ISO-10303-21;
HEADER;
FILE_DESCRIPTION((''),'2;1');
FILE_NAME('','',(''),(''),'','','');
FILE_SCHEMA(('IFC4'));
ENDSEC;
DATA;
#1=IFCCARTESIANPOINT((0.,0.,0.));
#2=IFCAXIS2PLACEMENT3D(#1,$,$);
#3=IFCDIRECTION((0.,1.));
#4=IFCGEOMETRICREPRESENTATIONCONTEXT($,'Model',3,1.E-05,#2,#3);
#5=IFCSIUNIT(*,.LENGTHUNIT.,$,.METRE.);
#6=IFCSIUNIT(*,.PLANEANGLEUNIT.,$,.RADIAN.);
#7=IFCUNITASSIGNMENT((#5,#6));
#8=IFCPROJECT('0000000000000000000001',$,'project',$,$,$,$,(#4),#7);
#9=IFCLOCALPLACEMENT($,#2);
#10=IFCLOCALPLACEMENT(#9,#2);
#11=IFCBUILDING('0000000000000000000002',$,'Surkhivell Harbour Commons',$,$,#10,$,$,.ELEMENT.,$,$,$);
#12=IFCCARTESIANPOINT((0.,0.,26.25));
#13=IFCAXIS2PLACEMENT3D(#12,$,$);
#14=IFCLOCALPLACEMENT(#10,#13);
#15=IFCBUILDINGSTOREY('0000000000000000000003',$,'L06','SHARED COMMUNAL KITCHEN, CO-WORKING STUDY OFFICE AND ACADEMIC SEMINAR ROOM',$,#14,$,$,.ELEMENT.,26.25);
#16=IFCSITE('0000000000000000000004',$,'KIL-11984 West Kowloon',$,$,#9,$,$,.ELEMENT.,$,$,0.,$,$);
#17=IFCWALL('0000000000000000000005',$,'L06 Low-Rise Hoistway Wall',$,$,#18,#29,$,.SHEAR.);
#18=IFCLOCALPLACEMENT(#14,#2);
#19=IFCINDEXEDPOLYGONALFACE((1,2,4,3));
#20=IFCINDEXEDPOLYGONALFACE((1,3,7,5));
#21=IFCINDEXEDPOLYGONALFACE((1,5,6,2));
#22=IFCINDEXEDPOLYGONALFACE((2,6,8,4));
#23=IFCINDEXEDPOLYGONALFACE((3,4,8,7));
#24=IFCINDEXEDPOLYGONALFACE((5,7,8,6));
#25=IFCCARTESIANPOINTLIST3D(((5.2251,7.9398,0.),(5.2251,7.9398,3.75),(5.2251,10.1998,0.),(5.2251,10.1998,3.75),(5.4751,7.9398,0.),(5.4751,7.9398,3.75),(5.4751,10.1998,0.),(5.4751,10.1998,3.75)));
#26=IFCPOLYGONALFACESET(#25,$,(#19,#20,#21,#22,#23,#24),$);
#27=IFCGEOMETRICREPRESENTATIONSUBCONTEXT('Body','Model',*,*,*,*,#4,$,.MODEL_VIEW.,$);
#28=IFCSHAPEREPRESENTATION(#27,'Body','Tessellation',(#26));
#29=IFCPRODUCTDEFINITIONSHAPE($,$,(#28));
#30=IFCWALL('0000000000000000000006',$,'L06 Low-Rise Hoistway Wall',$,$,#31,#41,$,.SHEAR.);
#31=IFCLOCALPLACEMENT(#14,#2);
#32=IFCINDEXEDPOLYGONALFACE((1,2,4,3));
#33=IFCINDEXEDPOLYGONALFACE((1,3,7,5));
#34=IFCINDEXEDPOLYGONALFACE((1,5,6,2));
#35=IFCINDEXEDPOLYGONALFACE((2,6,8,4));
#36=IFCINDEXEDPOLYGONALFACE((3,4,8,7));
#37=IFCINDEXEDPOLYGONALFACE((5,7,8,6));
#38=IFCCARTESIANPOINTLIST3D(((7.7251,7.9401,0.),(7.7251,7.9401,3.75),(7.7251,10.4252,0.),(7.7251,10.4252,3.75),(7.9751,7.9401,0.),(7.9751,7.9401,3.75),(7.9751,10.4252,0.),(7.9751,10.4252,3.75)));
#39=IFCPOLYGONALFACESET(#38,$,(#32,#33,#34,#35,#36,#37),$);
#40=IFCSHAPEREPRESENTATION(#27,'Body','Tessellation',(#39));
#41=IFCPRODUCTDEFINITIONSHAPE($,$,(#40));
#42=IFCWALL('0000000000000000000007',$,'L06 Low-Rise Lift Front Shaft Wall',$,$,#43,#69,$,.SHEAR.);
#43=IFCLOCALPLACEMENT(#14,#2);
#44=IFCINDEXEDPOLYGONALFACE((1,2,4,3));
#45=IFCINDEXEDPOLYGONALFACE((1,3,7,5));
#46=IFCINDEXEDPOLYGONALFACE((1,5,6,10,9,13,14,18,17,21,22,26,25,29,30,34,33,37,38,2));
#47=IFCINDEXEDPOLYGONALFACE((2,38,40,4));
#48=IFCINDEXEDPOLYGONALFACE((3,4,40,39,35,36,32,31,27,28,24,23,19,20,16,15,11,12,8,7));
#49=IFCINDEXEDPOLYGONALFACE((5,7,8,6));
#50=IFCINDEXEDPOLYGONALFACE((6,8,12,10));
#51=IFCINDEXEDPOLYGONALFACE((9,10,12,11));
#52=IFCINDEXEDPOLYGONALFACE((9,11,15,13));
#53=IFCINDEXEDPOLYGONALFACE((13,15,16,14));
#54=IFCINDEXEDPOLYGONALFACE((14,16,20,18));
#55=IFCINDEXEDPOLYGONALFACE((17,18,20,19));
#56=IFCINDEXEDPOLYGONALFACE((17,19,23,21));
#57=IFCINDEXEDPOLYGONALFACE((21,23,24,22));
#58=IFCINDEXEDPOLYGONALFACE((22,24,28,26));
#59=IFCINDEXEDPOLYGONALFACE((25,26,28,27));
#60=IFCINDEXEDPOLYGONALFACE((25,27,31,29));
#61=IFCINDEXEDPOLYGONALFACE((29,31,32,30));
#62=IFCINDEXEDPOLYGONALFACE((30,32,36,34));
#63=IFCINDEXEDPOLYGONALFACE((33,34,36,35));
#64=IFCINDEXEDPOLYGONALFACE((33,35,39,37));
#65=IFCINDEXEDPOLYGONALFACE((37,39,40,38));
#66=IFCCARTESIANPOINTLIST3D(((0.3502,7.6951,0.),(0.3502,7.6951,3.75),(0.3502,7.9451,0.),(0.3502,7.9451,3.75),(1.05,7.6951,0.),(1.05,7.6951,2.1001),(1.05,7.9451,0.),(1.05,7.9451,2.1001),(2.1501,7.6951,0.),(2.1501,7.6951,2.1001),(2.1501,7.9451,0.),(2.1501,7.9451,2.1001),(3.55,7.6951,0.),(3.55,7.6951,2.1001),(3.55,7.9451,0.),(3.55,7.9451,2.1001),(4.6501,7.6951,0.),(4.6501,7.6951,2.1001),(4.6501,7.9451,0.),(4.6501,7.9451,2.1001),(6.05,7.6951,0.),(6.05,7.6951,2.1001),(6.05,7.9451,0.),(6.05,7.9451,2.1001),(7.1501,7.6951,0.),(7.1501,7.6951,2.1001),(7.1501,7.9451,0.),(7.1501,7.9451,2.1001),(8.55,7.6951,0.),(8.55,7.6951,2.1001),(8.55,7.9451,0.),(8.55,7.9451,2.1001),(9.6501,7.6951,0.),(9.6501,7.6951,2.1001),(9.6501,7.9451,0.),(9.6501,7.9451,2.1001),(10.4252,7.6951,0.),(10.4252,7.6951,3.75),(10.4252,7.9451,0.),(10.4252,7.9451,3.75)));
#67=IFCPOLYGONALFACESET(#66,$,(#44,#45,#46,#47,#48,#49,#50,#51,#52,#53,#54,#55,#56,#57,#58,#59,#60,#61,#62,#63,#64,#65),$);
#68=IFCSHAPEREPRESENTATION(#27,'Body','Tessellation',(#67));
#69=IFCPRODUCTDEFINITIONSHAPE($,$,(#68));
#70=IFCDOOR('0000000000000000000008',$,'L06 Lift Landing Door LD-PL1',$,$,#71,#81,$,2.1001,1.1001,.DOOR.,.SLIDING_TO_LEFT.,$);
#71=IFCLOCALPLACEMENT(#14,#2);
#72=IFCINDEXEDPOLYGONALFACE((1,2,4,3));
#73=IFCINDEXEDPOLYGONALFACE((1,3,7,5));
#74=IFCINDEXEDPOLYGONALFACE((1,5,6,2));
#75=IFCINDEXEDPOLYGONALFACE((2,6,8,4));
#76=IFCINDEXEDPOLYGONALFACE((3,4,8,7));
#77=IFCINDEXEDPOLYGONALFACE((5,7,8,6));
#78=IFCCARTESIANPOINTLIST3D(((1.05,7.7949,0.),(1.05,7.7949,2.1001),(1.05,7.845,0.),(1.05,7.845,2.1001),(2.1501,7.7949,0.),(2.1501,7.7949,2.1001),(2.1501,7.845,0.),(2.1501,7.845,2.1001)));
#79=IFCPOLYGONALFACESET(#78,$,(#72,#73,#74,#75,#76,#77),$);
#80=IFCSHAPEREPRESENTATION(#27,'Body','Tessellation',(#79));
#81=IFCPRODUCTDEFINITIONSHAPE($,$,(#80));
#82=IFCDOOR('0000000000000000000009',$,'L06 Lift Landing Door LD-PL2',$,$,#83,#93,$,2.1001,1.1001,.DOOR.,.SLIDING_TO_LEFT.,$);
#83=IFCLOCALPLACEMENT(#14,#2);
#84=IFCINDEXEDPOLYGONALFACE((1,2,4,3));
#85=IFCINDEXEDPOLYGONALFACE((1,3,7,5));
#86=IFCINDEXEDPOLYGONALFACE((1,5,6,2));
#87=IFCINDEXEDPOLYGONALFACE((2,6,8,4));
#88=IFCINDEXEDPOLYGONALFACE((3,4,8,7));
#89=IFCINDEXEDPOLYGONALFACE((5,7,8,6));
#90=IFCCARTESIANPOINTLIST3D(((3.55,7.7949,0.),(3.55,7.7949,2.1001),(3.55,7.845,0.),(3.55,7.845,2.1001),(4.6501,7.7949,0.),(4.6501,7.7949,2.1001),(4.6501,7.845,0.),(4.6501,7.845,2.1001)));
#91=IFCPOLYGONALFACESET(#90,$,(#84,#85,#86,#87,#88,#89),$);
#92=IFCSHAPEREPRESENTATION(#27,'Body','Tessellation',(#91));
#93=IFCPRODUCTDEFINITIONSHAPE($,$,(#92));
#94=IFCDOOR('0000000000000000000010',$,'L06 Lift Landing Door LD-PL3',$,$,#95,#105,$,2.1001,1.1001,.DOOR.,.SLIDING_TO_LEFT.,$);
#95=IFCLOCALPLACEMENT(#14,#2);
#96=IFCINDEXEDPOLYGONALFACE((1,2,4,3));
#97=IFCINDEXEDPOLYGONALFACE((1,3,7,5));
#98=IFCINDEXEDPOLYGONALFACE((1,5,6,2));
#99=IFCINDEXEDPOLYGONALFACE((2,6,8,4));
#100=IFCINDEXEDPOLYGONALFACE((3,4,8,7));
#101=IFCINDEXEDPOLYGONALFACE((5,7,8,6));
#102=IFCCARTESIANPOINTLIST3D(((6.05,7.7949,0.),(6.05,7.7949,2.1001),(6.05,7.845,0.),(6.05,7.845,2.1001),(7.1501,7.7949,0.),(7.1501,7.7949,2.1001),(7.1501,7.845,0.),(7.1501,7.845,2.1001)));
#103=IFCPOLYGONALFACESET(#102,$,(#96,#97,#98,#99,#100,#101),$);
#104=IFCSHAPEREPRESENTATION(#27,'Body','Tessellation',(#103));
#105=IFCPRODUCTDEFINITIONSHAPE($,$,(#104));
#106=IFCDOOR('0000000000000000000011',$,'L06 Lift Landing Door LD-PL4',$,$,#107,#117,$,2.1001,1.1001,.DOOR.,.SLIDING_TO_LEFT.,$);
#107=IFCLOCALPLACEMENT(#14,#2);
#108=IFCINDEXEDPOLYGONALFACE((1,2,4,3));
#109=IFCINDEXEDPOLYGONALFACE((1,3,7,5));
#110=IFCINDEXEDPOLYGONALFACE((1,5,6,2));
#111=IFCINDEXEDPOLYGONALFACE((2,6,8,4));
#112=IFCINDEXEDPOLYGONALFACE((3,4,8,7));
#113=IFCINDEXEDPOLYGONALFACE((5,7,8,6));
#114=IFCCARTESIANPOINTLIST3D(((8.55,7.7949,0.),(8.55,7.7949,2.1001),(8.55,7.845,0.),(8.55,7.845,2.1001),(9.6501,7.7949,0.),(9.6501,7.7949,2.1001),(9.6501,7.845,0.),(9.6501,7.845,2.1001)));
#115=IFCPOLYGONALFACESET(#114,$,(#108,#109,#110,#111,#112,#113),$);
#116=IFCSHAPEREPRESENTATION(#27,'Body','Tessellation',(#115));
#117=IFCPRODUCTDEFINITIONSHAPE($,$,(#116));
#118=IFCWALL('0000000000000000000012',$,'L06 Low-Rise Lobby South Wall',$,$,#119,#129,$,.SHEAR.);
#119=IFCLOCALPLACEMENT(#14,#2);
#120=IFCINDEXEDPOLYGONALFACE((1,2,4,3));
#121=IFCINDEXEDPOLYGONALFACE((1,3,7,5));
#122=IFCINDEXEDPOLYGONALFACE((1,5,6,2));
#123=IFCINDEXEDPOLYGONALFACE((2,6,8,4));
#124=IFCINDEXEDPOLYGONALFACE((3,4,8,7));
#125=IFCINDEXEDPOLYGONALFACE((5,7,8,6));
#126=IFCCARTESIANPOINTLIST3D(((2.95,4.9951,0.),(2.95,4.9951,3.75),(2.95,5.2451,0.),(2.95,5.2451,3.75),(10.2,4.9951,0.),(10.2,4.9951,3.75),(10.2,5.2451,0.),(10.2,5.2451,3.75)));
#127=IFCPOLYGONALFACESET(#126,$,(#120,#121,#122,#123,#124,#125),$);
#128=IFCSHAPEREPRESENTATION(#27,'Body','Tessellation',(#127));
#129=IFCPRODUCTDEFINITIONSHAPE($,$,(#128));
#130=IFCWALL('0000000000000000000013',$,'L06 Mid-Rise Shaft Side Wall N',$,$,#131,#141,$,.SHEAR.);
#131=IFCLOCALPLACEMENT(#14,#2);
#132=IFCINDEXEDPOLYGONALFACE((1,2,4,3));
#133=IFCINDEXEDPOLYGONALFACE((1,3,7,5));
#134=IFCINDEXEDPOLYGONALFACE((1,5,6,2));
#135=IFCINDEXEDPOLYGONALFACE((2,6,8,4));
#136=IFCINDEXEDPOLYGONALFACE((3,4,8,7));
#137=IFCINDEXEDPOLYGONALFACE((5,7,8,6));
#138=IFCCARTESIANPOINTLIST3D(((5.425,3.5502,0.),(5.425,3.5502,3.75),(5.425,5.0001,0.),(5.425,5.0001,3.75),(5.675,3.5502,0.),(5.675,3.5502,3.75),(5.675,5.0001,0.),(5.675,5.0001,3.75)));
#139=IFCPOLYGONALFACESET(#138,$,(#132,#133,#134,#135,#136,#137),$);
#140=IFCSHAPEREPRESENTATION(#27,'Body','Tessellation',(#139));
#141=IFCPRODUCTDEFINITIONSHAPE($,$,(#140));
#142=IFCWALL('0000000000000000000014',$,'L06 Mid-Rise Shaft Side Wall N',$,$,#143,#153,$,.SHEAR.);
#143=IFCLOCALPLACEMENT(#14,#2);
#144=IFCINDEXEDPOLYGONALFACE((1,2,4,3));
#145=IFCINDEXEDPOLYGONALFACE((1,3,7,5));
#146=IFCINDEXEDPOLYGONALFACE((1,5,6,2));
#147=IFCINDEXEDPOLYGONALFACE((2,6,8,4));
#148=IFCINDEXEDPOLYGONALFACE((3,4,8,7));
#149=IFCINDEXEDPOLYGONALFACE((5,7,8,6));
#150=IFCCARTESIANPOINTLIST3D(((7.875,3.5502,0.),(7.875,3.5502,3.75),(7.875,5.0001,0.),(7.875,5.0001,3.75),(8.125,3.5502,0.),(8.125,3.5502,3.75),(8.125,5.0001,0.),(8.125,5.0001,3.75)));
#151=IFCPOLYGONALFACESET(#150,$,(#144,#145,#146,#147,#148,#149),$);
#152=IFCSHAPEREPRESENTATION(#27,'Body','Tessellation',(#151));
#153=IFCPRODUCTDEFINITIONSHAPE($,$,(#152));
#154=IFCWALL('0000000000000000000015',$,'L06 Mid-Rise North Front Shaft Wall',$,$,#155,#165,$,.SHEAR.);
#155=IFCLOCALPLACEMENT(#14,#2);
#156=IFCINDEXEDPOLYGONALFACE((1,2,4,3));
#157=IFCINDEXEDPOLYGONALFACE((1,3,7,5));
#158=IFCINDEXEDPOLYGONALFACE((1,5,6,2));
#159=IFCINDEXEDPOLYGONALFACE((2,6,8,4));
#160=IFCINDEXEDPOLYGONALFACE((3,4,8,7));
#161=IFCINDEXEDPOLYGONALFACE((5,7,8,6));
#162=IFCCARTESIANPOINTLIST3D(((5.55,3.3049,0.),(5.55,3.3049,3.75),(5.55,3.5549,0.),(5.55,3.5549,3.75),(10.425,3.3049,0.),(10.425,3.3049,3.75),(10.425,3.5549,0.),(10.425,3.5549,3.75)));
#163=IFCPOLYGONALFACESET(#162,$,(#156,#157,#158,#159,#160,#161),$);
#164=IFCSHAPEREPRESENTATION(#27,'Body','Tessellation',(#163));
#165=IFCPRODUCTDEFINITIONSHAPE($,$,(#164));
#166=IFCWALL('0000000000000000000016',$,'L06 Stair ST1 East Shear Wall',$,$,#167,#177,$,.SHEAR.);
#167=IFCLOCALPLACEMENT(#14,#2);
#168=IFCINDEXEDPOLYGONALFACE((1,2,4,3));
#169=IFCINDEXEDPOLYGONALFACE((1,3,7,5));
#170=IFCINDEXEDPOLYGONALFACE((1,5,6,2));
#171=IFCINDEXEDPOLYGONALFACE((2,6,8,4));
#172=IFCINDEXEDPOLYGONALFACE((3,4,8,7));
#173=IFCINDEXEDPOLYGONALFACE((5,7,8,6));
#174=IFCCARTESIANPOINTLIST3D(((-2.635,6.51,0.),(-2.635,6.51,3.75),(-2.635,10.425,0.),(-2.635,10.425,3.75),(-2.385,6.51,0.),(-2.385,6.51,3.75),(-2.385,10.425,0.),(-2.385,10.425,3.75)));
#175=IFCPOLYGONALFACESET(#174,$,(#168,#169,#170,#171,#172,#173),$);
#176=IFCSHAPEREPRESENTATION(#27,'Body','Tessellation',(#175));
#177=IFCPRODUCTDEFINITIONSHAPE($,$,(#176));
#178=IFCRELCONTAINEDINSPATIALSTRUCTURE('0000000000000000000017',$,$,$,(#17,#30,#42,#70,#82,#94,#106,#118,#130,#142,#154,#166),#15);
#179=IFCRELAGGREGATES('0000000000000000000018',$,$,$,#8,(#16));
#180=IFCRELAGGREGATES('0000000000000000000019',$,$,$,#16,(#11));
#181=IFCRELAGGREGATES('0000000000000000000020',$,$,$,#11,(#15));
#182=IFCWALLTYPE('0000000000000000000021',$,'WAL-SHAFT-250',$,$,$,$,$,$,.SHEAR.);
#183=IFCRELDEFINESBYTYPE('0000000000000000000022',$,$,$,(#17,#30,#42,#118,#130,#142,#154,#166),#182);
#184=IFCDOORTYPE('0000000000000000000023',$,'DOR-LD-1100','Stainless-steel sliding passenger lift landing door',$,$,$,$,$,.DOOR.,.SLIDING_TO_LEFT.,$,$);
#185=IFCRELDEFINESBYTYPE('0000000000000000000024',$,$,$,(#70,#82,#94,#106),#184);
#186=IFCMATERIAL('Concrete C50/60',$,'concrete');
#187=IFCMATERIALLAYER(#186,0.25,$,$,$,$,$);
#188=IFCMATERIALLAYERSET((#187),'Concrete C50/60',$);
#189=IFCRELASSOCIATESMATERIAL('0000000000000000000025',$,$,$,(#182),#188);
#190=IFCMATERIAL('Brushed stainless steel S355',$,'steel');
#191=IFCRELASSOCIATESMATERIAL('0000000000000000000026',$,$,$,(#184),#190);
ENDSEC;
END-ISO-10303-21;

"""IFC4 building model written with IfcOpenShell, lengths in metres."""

from ifc_helpers import new_model, si_unit, direction, frame, frame_2d, origin, place, context, subcontext, project, spatial, rectangle, extrude, material, layer, layer_set, type_object, element, fill, save


model = new_model("IFC4")

# Units and contexts
model_context = context("Model", 3, precision=1e-05, world=origin(), true_north=direction((0.0, 1.0)))
body_context = subcontext(model_context, "Body", "Model", "MODEL_VIEW")
ifc_project = project(units=[si_unit("LENGTHUNIT", "METRE"), si_unit("PLANEANGLEUNIT", "RADIAN")], contexts=[model_context])

# Site, building, storey
site_placement = place(None, origin())
site = spatial("IfcSite", under=ifc_project, at=site_placement, Name="KIL-11984 West Kowloon", CompositionType="ELEMENT", RefElevation=0.0)
building_placement = place(site_placement, origin())
building = spatial("IfcBuilding", under=site, at=building_placement, Name="Surkhivell Harbour Commons", CompositionType="ELEMENT")
storey_placement = place(building_placement, frame((0.0, 0.0, 26.25)))
storey = spatial("IfcBuildingStorey", under=building, at=storey_placement, Name="L06", Description="SHARED COMMUNAL KITCHEN, CO-WORKING STUDY OFFICE AND ACADEMIC SEMINAR ROOM", CompositionType="ELEMENT", Elevation=26.25)

# Walls
ifc_material_1 = material(Name="Concrete C50/60", Category="concrete")
ifc_layer_1 = layer(ifc_material_1, 0.25)
ifc_layer_set_1 = layer_set([ifc_layer_1], Name="Concrete C50/60")
wall_type_1 = type_object("IfcWallType", Name="WAL-SHAFT-250", PredefinedType="SHEAR", material=ifc_layer_set_1)
for number, where, z_axis, x_axis, name in (
    (1, (5.3501, 7.9399, 0.0), (0.0, 0.0, 1.0), (0.0, 1.0, 0.0), "L06 Low-Rise Hoistway Wall"),
):
    element("IfcWall", number, at=place(storey_placement, frame(where, z_axis=z_axis, x_axis=x_axis)), inside=storey, type_object=wall_type_1, Name=name, PredefinedType="SHEAR", context=body_context, shape_type="SweptSolid", body=[
        extrude(rectangle(XDim=2.26, YDim=0.25, at=frame_2d((1.1299, 0.0))), origin(), (0.0, 0.0, 1.0), 3.75),
    ])
wall_1_placement = place(storey_placement, frame((7.8501, 7.9399, 0.0), z_axis=(0.0, 0.0, 1.0), x_axis=(0.0, 1.0, 0.0)))
element("IfcWall", 2, at=wall_1_placement, inside=storey, type_object=wall_type_1, Name="L06 Low-Rise Hoistway Wall", PredefinedType="SHEAR", context=body_context, shape_type="SweptSolid", body=[
    extrude(rectangle(XDim=2.4851, YDim=0.25, at=frame_2d((1.2427, 0.0))), origin(), (0.0, 0.0, 1.0), 3.75),
])

# Wall, openings, doors
wall_2_placement = place(storey_placement, frame((0.3501, 7.8201, 0.0), z_axis=(0.0, 0.0, 1.0), x_axis=(1.0, 0.0, 0.0)))
wall_2 = element("IfcWall", 3, at=wall_2_placement, inside=storey, type_object=wall_type_1, Name="L06 Low-Rise Lift Front Shaft Wall", PredefinedType="SHEAR", context=body_context, shape_type="SweptSolid", body=[
    extrude(rectangle(XDim=10.075, YDim=0.25, at=frame_2d((5.0376, 0.0))), origin(), (0.0, 0.0, 1.0), 3.75),
])
opening_1_placement = place(wall_2_placement, frame((0.7, 0.0, 0.0)))
opening_1 = element("IfcOpeningElement", 4, at=opening_1_placement, cuts=wall_2, PredefinedType="OPENING", context=body_context, shape_type="SweptSolid", body=[
    extrude(rectangle(XDim=1.1001, YDim=2.1001, at=frame_2d((0.55, 1.05))), frame((0.0, 0.135, 0.0), z_axis=(0.0, -1.0, 0.0), x_axis=(1.0, 0.0, 0.0)), (0.0, 0.0, 1.0), 0.27),
])
opening_2_placement = place(wall_2_placement, frame((3.2, 0.0, 0.0)))
opening_2 = element("IfcOpeningElement", 5, at=opening_2_placement, cuts=wall_2, PredefinedType="OPENING", context=body_context, shape_type="SweptSolid", body=[
    extrude(rectangle(XDim=1.1001, YDim=2.1001, at=frame_2d((0.55, 1.05))), frame((0.0, 0.135, 0.0), z_axis=(0.0, -1.0, 0.0), x_axis=(1.0, 0.0, 0.0)), (0.0, 0.0, 1.0), 0.27),
])
opening_3_placement = place(wall_2_placement, frame((5.7, 0.0, 0.0)))
opening_3 = element("IfcOpeningElement", 6, at=opening_3_placement, cuts=wall_2, PredefinedType="OPENING", context=body_context, shape_type="SweptSolid", body=[
    extrude(rectangle(XDim=1.1001, YDim=2.1001, at=frame_2d((0.55, 1.05))), frame((0.0, 0.135, 0.0), z_axis=(0.0, -1.0, 0.0), x_axis=(1.0, 0.0, 0.0)), (0.0, 0.0, 1.0), 0.27),
])
opening_4_placement = place(wall_2_placement, frame((8.2, 0.0, 0.0)))
opening_4 = element("IfcOpeningElement", 7, at=opening_4_placement, cuts=wall_2, PredefinedType="OPENING", context=body_context, shape_type="SweptSolid", body=[
    extrude(rectangle(XDim=1.1001, YDim=2.1001, at=frame_2d((0.55, 1.05))), frame((0.0, 0.135, 0.0), z_axis=(0.0, -1.0, 0.0), x_axis=(1.0, 0.0, 0.0)), (0.0, 0.0, 1.0), 0.27),
])
ifc_material_2 = material(Name="Brushed stainless steel S355", Category="steel")
door_type = type_object("IfcDoorType", Name="DOR-LD-1100", Description="Stainless-steel sliding passenger lift landing door", OperationType="SLIDING_TO_LEFT", PredefinedType="DOOR", material=ifc_material_2)
door_1_placement = place(opening_1_placement, origin())
door_1 = element("IfcDoor", 8, at=door_1_placement, inside=storey, type_object=door_type, Name="L06 Lift Landing Door LD-PL1", OperationType="SLIDING_TO_LEFT", OverallHeight=2.1001, OverallWidth=1.1001, PredefinedType="DOOR", context=body_context, shape_type="SweptSolid", body=[
    extrude(rectangle(XDim=1.1001, YDim=2.1001, at=frame_2d((0.55, 1.05))), frame((0.0, 0.0249, 0.0), z_axis=(0.0, -1.0, 0.0), x_axis=(1.0, 0.0, 0.0)), (0.0, 0.0, 1.0), 0.05),
])
fill(opening_1, door_1)
door_2_placement = place(opening_2_placement, origin())
door_2 = element("IfcDoor", 9, at=door_2_placement, inside=storey, type_object=door_type, Name="L06 Lift Landing Door LD-PL2", OperationType="SLIDING_TO_LEFT", OverallHeight=2.1001, OverallWidth=1.1001, PredefinedType="DOOR", context=body_context, shape_type="SweptSolid", body=[
    extrude(rectangle(XDim=1.1001, YDim=2.1001, at=frame_2d((0.55, 1.05))), frame((0.0, 0.0249, 0.0), z_axis=(0.0, -1.0, 0.0), x_axis=(1.0, 0.0, 0.0)), (0.0, 0.0, 1.0), 0.05),
])
fill(opening_2, door_2)
door_3_placement = place(opening_3_placement, origin())
door_3 = element("IfcDoor", 10, at=door_3_placement, inside=storey, type_object=door_type, Name="L06 Lift Landing Door LD-PL3", OperationType="SLIDING_TO_LEFT", OverallHeight=2.1001, OverallWidth=1.1001, PredefinedType="DOOR", context=body_context, shape_type="SweptSolid", body=[
    extrude(rectangle(XDim=1.1001, YDim=2.1001, at=frame_2d((0.55, 1.05))), frame((0.0, 0.0249, 0.0), z_axis=(0.0, -1.0, 0.0), x_axis=(1.0, 0.0, 0.0)), (0.0, 0.0, 1.0), 0.05),
])
fill(opening_3, door_3)
door_4_placement = place(opening_4_placement, origin())
door_4 = element("IfcDoor", 11, at=door_4_placement, inside=storey, type_object=door_type, Name="L06 Lift Landing Door LD-PL4", OperationType="SLIDING_TO_LEFT", OverallHeight=2.1001, OverallWidth=1.1001, PredefinedType="DOOR", context=body_context, shape_type="SweptSolid", body=[
    extrude(rectangle(XDim=1.1001, YDim=2.1001, at=frame_2d((0.55, 1.05))), frame((0.0, 0.0249, 0.0), z_axis=(0.0, -1.0, 0.0), x_axis=(1.0, 0.0, 0.0)), (0.0, 0.0, 1.0), 0.05),
])
fill(opening_4, door_4)

# Walls
wall_3_placement = place(storey_placement, frame((2.95, 5.1201, 0.0), z_axis=(0.0, 0.0, 1.0), x_axis=(1.0, 0.0, 0.0)))
element("IfcWall", 12, at=wall_3_placement, inside=storey, type_object=wall_type_1, Name="L06 Low-Rise Lobby South Wall", PredefinedType="SHEAR", context=body_context, shape_type="SweptSolid", body=[
    extrude(rectangle(XDim=7.25, YDim=0.25, at=frame_2d((3.625, 0.0))), origin(), (0.0, 0.0, 1.0), 3.75),
])
for number, where, z_axis, x_axis, name in (
    (13, (5.55, 3.55, 0.0), (0.0, 0.0, 1.0), (0.0, 1.0, 0.0), "L06 Mid-Rise Shaft Side Wall N"),
    (14, (8.0, 3.55, 0.0), (0.0, 0.0, 1.0), (0.0, 1.0, 0.0), "L06 Mid-Rise Shaft Side Wall N"),
):
    element("IfcWall", number, at=place(storey_placement, frame(where, z_axis=z_axis, x_axis=x_axis)), inside=storey, type_object=wall_type_1, Name=name, PredefinedType="SHEAR", context=body_context, shape_type="SweptSolid", body=[
        extrude(rectangle(XDim=1.45, YDim=0.25, at=frame_2d((0.7251, 0.0))), origin(), (0.0, 0.0, 1.0), 3.75),
    ])
wall_4_placement = place(storey_placement, frame((5.55, 3.4299, 0.0), z_axis=(0.0, 0.0, 1.0), x_axis=(1.0, 0.0, 0.0)))
element("IfcWall", 15, at=wall_4_placement, inside=storey, type_object=wall_type_1, Name="L06 Mid-Rise North Front Shaft Wall", PredefinedType="SHEAR", context=body_context, shape_type="SweptSolid", body=[
    extrude(rectangle(XDim=4.875, YDim=0.25, at=frame_2d((2.4375, 0.0))), origin(), (0.0, 0.0, 1.0), 3.75),
])
wall_5_placement = place(storey_placement, frame((-2.51, 6.51, 0.0), z_axis=(0.0, 0.0, 1.0), x_axis=(0.0, 1.0, 0.0)))
element("IfcWall", 16, at=wall_5_placement, inside=storey, type_object=wall_type_1, Name="L06 Stair ST1 East Shear Wall", PredefinedType="SHEAR", context=body_context, shape_type="SweptSolid", body=[
    extrude(rectangle(XDim=3.915, YDim=0.25, at=frame_2d((1.9575, 0.0))), origin(), (0.0, 0.0, 1.0), 3.75),
])

save(model, "model.ifc")
